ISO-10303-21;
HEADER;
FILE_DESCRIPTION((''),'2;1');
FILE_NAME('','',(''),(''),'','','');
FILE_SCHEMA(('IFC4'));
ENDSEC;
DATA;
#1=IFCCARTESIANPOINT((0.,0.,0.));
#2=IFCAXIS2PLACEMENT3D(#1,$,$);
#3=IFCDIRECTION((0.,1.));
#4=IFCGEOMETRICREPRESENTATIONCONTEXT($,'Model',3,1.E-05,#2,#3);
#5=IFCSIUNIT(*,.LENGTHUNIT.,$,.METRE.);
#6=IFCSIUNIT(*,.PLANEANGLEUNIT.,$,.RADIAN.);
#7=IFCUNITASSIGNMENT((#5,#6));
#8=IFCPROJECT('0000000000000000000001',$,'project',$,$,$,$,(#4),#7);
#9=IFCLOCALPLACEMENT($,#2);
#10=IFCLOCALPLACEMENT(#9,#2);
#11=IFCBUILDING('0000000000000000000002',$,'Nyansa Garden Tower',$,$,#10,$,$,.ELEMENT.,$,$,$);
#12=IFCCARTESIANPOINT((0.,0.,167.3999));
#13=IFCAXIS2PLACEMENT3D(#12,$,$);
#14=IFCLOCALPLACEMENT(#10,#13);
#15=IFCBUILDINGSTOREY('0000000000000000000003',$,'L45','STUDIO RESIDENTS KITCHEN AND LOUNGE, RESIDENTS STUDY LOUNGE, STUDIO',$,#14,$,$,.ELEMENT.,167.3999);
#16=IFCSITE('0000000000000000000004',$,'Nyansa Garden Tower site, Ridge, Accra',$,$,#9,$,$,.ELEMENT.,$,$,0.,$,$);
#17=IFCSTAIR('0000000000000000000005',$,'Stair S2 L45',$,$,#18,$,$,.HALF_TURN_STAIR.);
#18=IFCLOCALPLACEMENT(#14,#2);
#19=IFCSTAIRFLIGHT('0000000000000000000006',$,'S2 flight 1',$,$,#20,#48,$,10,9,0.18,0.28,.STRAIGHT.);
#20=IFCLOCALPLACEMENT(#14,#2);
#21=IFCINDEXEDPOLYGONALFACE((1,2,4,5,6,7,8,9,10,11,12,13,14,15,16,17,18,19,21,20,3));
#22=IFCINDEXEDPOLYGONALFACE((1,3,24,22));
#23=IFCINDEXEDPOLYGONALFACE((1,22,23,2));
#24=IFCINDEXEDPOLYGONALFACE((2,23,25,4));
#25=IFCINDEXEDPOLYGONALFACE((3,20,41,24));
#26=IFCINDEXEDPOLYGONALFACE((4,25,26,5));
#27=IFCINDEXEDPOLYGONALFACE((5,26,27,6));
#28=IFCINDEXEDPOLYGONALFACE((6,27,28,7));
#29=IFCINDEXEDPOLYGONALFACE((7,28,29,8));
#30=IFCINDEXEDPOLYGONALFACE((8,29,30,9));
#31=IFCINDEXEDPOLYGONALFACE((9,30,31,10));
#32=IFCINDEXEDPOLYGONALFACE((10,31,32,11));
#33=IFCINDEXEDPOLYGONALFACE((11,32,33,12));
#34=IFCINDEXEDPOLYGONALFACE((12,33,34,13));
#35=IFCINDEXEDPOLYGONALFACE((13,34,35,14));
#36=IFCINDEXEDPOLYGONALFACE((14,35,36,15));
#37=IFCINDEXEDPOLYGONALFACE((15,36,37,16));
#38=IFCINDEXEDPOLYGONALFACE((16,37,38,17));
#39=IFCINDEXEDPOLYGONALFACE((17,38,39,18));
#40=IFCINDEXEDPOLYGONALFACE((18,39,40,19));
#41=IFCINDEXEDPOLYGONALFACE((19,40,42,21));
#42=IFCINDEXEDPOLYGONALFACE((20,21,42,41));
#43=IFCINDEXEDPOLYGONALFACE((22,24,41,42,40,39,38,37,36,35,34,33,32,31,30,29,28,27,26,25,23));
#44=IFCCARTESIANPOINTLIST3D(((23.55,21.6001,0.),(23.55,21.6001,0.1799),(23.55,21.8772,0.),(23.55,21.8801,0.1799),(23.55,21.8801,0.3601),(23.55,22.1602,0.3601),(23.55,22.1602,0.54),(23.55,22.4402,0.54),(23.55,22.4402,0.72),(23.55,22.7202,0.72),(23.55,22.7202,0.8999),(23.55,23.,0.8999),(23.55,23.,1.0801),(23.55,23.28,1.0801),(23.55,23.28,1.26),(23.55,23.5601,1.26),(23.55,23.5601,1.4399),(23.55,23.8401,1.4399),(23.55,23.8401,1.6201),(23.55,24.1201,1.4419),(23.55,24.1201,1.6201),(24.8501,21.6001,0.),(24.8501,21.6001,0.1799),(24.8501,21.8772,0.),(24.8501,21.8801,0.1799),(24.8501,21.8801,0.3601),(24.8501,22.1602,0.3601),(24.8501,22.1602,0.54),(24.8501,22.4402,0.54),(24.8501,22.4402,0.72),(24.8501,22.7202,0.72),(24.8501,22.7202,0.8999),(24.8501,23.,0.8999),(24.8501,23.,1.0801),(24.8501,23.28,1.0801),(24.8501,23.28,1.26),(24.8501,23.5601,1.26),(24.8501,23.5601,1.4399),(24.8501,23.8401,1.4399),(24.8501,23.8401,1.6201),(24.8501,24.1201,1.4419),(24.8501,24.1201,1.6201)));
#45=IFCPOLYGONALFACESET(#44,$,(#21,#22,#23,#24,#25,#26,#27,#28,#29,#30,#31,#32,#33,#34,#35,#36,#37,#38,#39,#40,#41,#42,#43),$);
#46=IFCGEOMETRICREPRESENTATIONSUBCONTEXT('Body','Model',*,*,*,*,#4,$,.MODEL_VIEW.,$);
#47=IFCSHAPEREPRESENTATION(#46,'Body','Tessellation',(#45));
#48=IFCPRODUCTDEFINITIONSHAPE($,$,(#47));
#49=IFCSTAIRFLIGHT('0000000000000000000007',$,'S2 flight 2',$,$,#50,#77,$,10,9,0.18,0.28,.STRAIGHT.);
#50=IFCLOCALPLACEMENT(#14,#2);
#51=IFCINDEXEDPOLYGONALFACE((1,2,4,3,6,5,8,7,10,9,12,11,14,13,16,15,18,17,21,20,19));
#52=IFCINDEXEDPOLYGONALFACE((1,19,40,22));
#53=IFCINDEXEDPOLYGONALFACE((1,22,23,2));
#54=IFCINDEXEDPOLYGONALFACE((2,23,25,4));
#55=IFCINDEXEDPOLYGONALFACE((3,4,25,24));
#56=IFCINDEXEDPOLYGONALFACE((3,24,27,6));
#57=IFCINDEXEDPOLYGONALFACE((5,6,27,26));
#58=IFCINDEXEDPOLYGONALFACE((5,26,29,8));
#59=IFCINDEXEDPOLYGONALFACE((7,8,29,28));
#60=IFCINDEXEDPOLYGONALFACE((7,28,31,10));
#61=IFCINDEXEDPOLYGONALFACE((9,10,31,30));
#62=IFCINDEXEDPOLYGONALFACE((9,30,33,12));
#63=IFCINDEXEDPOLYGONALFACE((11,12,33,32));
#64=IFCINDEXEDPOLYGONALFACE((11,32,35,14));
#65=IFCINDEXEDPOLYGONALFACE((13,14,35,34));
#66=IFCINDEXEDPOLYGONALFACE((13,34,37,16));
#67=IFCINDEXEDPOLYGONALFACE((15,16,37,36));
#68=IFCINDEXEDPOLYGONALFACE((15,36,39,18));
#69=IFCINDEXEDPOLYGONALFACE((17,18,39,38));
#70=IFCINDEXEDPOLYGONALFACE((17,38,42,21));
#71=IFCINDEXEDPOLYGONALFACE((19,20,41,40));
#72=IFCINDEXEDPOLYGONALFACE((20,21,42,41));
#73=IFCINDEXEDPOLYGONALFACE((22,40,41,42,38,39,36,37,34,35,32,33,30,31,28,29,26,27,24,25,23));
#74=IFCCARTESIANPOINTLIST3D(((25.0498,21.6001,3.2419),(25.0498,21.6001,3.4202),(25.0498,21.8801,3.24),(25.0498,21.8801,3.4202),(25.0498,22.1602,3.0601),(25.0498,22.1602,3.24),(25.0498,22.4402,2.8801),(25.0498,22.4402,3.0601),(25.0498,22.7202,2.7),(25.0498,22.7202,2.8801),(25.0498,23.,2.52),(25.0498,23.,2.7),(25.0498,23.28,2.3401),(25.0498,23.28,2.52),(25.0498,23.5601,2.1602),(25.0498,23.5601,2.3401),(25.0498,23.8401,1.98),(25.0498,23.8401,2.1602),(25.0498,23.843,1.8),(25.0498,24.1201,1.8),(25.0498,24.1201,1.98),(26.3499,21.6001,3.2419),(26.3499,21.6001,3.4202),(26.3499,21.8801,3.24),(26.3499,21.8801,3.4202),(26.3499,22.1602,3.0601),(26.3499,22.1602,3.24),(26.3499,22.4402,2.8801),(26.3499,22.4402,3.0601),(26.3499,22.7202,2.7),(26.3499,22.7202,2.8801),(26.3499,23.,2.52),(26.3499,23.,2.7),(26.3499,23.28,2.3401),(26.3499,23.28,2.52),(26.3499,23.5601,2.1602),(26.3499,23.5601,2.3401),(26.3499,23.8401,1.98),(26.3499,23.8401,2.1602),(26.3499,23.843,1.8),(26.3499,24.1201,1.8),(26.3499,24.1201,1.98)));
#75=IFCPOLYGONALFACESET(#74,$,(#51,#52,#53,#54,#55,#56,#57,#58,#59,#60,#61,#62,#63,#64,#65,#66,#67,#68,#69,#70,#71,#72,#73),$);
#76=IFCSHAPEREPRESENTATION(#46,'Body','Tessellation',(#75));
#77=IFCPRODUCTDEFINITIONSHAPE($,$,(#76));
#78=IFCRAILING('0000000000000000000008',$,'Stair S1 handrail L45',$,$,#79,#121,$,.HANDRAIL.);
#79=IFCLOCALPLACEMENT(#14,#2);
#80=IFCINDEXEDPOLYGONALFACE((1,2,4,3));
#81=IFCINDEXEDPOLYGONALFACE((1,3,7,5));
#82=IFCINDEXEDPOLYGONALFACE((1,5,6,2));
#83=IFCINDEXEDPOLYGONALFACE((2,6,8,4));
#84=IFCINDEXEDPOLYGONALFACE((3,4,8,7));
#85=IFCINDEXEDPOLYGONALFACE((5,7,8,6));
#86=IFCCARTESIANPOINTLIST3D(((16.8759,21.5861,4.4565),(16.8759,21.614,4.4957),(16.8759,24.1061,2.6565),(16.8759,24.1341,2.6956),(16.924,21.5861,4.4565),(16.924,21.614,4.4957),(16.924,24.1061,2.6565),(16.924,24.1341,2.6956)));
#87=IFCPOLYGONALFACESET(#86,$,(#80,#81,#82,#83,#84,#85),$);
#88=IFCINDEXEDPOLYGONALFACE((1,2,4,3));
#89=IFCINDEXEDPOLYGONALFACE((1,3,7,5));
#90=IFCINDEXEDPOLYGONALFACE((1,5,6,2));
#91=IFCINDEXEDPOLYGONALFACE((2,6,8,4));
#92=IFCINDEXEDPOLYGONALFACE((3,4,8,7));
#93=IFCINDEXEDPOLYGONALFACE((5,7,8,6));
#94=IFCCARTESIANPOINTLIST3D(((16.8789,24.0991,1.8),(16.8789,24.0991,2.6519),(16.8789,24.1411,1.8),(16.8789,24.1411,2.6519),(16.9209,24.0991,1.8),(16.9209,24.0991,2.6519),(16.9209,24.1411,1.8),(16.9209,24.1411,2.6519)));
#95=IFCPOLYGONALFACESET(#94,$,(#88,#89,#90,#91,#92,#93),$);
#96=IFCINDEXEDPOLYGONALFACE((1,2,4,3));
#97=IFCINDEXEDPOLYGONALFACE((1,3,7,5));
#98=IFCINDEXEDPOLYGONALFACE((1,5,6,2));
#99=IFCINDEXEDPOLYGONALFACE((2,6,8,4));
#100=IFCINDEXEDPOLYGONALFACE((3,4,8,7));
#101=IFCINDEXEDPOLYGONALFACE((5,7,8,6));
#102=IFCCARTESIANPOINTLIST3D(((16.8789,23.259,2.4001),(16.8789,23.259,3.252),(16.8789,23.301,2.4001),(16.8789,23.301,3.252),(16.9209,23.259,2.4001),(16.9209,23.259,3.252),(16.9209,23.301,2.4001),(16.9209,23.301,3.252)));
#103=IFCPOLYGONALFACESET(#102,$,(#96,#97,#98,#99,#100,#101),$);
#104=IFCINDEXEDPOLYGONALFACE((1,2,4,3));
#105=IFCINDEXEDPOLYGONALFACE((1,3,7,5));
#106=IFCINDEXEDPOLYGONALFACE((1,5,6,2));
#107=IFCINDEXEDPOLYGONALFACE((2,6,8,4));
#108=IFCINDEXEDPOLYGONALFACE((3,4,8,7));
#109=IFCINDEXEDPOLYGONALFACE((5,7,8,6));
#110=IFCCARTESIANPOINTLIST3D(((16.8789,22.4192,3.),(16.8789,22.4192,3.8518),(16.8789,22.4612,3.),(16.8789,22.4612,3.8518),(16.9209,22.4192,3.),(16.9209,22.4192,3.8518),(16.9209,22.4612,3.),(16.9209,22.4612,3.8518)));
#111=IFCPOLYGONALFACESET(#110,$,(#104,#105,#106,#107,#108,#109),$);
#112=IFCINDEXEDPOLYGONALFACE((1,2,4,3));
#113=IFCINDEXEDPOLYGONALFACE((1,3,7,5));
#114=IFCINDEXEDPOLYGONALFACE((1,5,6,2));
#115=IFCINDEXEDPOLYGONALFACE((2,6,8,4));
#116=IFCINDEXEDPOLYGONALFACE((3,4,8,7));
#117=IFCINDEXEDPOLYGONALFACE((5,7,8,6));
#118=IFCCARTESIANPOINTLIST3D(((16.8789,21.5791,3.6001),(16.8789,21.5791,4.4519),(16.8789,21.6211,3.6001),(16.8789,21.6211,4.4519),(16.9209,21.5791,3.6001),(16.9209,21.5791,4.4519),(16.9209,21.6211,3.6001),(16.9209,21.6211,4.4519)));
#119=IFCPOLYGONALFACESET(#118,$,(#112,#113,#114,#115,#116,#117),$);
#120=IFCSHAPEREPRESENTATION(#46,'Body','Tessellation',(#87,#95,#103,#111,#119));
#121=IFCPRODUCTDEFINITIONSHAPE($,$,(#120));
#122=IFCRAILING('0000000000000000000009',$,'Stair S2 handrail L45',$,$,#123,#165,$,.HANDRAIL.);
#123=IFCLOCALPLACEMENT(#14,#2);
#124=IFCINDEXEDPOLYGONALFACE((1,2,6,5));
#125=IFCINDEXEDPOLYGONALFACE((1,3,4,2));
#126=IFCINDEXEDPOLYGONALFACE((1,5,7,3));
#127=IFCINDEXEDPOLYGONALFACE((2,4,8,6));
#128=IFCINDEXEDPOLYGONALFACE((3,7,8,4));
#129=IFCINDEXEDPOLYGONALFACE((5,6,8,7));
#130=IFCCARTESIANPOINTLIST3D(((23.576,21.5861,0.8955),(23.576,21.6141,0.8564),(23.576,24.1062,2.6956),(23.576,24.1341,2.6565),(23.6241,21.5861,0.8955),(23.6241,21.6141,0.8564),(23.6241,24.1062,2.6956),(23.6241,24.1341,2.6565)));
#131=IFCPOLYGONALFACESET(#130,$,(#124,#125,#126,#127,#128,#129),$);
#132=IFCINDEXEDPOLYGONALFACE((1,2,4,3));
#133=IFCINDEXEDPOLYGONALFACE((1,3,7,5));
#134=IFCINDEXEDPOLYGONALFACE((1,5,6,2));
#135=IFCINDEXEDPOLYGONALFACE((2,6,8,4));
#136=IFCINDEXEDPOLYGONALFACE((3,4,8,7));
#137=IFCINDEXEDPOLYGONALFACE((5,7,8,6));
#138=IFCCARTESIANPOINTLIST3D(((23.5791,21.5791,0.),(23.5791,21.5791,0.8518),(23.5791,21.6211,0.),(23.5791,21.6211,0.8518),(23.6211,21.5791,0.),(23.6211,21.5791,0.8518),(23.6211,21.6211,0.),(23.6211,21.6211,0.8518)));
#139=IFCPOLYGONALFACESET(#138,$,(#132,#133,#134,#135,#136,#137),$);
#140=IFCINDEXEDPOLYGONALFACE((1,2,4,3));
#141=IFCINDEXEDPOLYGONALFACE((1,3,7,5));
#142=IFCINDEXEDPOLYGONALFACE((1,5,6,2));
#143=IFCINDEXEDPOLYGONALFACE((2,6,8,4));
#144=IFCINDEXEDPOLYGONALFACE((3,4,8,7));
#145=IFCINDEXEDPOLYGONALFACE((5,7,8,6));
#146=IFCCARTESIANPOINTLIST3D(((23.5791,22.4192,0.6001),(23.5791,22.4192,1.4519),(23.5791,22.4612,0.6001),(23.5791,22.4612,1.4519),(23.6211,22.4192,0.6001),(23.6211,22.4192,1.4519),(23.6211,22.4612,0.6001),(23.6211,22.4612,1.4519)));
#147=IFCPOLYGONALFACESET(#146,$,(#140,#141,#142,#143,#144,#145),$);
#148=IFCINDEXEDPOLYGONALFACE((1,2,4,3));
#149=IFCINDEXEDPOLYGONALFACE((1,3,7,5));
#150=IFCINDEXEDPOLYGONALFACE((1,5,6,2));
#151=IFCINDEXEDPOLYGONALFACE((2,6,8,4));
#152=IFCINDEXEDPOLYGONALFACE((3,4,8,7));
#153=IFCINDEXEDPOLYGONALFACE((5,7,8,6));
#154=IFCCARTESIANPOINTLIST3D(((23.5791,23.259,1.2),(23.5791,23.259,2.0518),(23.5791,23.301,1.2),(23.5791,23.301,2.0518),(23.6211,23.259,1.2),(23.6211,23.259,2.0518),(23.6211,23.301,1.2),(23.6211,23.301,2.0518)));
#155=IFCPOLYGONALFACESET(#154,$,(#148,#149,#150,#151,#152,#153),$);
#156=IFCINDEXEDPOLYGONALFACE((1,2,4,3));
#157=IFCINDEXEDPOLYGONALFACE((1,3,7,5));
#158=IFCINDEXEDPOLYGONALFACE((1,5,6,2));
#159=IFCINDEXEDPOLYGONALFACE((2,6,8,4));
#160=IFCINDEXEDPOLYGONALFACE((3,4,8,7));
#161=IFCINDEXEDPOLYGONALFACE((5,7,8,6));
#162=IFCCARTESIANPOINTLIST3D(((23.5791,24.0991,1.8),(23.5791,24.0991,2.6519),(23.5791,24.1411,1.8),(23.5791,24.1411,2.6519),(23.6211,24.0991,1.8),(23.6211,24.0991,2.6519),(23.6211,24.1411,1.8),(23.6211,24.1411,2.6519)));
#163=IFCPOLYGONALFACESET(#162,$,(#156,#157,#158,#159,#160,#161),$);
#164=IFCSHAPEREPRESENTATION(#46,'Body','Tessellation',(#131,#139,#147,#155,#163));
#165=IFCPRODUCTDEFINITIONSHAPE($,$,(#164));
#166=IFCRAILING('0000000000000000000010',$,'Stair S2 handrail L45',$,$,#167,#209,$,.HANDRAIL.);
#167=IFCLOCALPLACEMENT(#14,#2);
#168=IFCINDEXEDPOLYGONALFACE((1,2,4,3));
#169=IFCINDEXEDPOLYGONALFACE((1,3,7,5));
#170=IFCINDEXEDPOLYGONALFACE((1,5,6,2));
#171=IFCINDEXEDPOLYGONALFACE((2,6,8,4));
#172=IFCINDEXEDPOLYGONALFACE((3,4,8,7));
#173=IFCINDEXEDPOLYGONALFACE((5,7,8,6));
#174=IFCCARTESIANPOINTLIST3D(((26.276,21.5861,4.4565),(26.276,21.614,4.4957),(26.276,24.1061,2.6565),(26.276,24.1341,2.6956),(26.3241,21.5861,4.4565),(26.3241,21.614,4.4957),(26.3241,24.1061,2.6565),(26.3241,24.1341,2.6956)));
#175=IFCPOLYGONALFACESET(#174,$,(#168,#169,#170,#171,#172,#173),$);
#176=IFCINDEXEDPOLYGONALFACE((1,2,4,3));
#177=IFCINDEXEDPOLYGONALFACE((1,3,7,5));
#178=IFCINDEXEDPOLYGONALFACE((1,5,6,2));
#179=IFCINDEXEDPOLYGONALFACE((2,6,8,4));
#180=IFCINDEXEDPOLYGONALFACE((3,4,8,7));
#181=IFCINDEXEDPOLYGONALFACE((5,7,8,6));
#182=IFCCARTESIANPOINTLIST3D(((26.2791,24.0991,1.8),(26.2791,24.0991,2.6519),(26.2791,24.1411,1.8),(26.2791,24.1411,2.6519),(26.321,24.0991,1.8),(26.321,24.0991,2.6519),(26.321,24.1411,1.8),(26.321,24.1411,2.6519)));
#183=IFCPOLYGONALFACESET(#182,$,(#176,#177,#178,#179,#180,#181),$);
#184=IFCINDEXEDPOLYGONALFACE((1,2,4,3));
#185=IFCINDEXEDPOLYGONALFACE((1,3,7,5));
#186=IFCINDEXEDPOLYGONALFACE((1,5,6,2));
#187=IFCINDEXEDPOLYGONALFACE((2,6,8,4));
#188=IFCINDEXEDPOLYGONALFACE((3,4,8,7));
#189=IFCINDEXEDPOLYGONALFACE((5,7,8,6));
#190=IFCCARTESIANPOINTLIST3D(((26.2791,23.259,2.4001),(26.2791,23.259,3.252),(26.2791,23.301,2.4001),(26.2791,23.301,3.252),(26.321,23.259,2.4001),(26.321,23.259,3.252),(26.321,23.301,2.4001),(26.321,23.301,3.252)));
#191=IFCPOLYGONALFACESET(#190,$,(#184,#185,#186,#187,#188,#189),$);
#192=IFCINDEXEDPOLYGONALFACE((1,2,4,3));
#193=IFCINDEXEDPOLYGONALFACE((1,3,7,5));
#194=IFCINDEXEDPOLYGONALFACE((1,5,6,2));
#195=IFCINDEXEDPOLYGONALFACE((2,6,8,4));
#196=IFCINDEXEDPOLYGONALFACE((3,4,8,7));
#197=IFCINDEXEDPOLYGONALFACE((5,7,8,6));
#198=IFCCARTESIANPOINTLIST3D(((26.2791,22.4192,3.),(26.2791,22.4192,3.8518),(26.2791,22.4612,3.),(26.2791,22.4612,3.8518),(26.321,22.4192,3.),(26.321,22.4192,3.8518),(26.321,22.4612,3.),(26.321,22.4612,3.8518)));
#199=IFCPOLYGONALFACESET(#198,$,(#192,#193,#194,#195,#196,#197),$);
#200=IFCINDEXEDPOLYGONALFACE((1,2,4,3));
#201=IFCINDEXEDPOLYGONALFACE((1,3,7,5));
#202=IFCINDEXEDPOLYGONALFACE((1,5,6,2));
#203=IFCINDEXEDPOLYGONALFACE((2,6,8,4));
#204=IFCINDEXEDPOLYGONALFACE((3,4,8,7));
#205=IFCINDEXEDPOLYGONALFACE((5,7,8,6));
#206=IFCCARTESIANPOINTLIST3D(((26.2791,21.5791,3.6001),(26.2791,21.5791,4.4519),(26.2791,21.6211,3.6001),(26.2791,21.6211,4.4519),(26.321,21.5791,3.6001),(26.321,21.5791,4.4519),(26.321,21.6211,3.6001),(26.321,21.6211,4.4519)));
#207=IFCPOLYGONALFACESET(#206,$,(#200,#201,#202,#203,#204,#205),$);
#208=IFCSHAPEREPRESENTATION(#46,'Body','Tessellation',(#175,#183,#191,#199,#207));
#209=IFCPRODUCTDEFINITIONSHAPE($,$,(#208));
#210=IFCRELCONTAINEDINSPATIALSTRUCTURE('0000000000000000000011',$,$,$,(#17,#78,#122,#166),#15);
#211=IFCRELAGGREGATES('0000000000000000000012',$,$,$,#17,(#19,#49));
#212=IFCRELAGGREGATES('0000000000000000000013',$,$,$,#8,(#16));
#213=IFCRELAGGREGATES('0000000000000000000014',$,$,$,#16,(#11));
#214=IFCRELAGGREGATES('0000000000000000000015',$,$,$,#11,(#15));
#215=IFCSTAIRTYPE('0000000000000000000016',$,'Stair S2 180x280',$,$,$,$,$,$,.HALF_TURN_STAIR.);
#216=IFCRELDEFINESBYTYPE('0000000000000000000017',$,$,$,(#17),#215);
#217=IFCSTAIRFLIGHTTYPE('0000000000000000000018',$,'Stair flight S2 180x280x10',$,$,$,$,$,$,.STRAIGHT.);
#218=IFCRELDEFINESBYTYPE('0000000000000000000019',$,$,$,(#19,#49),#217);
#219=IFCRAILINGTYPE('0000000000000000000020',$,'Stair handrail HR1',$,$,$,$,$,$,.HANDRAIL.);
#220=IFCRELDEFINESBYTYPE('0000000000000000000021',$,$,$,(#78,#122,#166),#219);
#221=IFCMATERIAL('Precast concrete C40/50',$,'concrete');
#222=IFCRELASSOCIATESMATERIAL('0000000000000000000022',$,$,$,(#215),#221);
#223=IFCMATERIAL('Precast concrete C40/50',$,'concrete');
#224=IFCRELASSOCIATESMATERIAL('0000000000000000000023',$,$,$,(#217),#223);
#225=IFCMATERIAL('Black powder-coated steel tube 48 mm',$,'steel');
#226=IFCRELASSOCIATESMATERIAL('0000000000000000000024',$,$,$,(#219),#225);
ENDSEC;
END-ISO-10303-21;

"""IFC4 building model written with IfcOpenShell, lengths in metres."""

from ifc_helpers import new_model, si_unit, direction, frame, origin, origin_2d, place, context, subcontext, project, spatial, polyline, rectangle, outline, extrude, material, type_object, element, aggregate, save


model = new_model("IFC4")

# Units and contexts
model_context = context("Model", 3, precision=1e-05, world=origin(), true_north=direction((0.0, 1.0)))
body_context = subcontext(model_context, "Body", "Model", "MODEL_VIEW")
ifc_project = project(units=[si_unit("LENGTHUNIT", "METRE"), si_unit("PLANEANGLEUNIT", "RADIAN")], contexts=[model_context])

# Site, building, storey
site_placement = place(None, origin())
site = spatial("IfcSite", under=ifc_project, at=site_placement, Name="Nyansa Garden Tower site, Ridge, Accra", CompositionType="ELEMENT", RefElevation=0.0)
building_placement = place(site_placement, origin())
building = spatial("IfcBuilding", under=site, at=building_placement, Name="Nyansa Garden Tower", CompositionType="ELEMENT")
storey_placement = place(building_placement, frame((0.0, 0.0, 167.3999)))
storey = spatial("IfcBuildingStorey", under=building, at=storey_placement, Name="L45", Description="STUDIO RESIDENTS KITCHEN AND LOUNGE, RESIDENTS STUDY LOUNGE, STUDIO", CompositionType="ELEMENT", Elevation=167.3999)

# Stair, stair flights
ifc_material_1 = material(Name="Precast concrete C40/50", Category="concrete")
stair_type = type_object("IfcStairType", Name="Stair S2 180x280", PredefinedType="HALF_TURN_STAIR", material=ifc_material_1)
stair_placement = place(storey_placement, origin())
stair = element("IfcStair", 1, at=stair_placement, inside=storey, type_object=stair_type, Name="Stair S2 L45", PredefinedType="HALF_TURN_STAIR")
ifc_material_2 = material(Name="Precast concrete C40/50", Category="concrete")
stair_flight_type = type_object("IfcStairFlightType", Name="Stair flight S2 180x280x10", PredefinedType="STRAIGHT", material=ifc_material_2)
stair_flight_1_placement = place(storey_placement, frame((24.2, 21.6001, 0.0), z_axis=(0.0, 0.0, 1.0), x_axis=(0.0, 1.0, 0.0)))
stair_flight_1 = element("IfcStairFlight", 2, at=stair_flight_1_placement, type_object=stair_flight_type, Name="S2 flight 1", NumberOfRisers=10, NumberOfTreads=9, PredefinedType="STRAIGHT", RiserHeight=0.18, TreadLength=0.28, context=body_context, shape_type="SweptSolid", body=[
    extrude(outline(polyline([(0.0, 0.0), (0.0, 0.1799), (0.28, 0.1799), (0.28, 0.3601), (0.5601, 0.3601), (0.5601, 0.54), (0.8401, 0.54), (0.8401, 0.72), (1.1201, 0.72), (1.1201, 0.8999), (1.3999, 0.8999), (1.3999, 1.0801), (1.6799, 1.0801), (1.6799, 1.26), (1.96, 1.26), (1.96, 1.4399), (2.24, 1.4399), (2.24, 1.6201), (2.52, 1.6201), (2.52, 1.8), (2.52, 1.4419), (0.2771, 0.0), (0.0, 0.0)])), frame((0.0, 0.6499, 0.0), z_axis=(0.0, -1.0, 0.0), x_axis=(1.0, 0.0, 0.0)), (0.0, 0.0, 1.0), 1.3),
])
stair_flight_2_placement = place(storey_placement, frame((25.7, 24.1201, 1.8), z_axis=(0.0, 0.0, 1.0), x_axis=(0.0, -1.0, 0.0)))
stair_flight_2 = element("IfcStairFlight", 3, at=stair_flight_2_placement, type_object=stair_flight_type, Name="S2 flight 2", NumberOfRisers=10, NumberOfTreads=9, PredefinedType="STRAIGHT", RiserHeight=0.18, TreadLength=0.28, context=body_context, shape_type="SweptSolid", body=[
    extrude(outline(polyline([(0.0, 0.0), (0.0, 0.1799), (0.28, 0.1799), (0.28, 0.3601), (0.5601, 0.3601), (0.5601, 0.54), (0.8401, 0.54), (0.8401, 0.72), (1.1201, 0.72), (1.1201, 0.8999), (1.3999, 0.8999), (1.3999, 1.0801), (1.6799, 1.0801), (1.6799, 1.26), (1.96, 1.26), (1.96, 1.4399), (2.24, 1.4399), (2.24, 1.6201), (2.52, 1.6201), (2.52, 1.8), (2.52, 1.4419), (0.2771, 0.0), (0.0, 0.0)])), frame((0.0, 0.6499, 0.0), z_axis=(0.0, -1.0, 0.0), x_axis=(1.0, 0.0, 0.0)), (0.0, 0.0, 1.0), 1.3),
])
aggregate(stair, [stair_flight_1, stair_flight_2])

# Railings
ifc_material_3 = material(Name="Black powder-coated steel tube 48 mm", Category="steel")
railing_type = type_object("IfcRailingType", Name="Stair handrail HR1", PredefinedType="HANDRAIL", material=ifc_material_3)
railing_1_placement = place(storey_placement, frame((16.8999, 24.1201, 1.8)))
element("IfcRailing", 4, at=railing_1_placement, inside=storey, type_object=railing_type, Name="Stair S1 handrail L45", PredefinedType="HANDRAIL", context=body_context, shape_type="SweptSolid", body=[
    extrude(rectangle(XDim=0.0481, YDim=0.0481, at=origin_2d()), frame((0.0, 0.0, 0.876), z_axis=(0.0, -0.813728, 0.581246), x_axis=(1.0, 0.0, 0.0)), (0.0, 0.0, 1.0), 3.0969),
    extrude(rectangle(XDim=0.042, YDim=0.042, at=origin_2d()), origin(), (0.0, 0.0, 1.0), 0.8518),
    extrude(rectangle(XDim=0.042, YDim=0.042, at=origin_2d()), frame((0.0, -0.8401, 0.6001)), (0.0, 0.0, 1.0), 0.8518),
    extrude(rectangle(XDim=0.042, YDim=0.042, at=origin_2d()), frame((0.0, -1.6799, 1.2)), (0.0, 0.0, 1.0), 0.8518),
    extrude(rectangle(XDim=0.042, YDim=0.042, at=origin_2d()), frame((0.0, -2.52, 1.8)), (0.0, 0.0, 1.0), 0.8518),
])
railing_2_placement = place(storey_placement, frame((23.6001, 21.6001, 0.0)))
element("IfcRailing", 5, at=railing_2_placement, inside=storey, type_object=railing_type, Name="Stair S2 handrail L45", PredefinedType="HANDRAIL", context=body_context, shape_type="SweptSolid", body=[
    extrude(rectangle(XDim=0.0481, YDim=0.0481, at=origin_2d()), frame((0.0, 0.0, 0.876), z_axis=(0.0, 0.813728, 0.581246), x_axis=(-1.0, 0.0, 0.0)), (0.0, 0.0, 1.0), 3.0969),
    extrude(rectangle(XDim=0.042, YDim=0.042, at=origin_2d()), origin(), (0.0, 0.0, 1.0), 0.8518),
    extrude(rectangle(XDim=0.042, YDim=0.042, at=origin_2d()), frame((0.0, 0.8401, 0.6001)), (0.0, 0.0, 1.0), 0.8518),
    extrude(rectangle(XDim=0.042, YDim=0.042, at=origin_2d()), frame((0.0, 1.6799, 1.2)), (0.0, 0.0, 1.0), 0.8518),
    extrude(rectangle(XDim=0.042, YDim=0.042, at=origin_2d()), frame((0.0, 2.52, 1.8)), (0.0, 0.0, 1.0), 0.8518),
])
railing_3_placement = place(storey_placement, frame((26.3, 24.1201, 1.8)))
element("IfcRailing", 6, at=railing_3_placement, inside=storey, type_object=railing_type, Name="Stair S2 handrail L45", PredefinedType="HANDRAIL", context=body_context, shape_type="SweptSolid", body=[
    extrude(rectangle(XDim=0.0481, YDim=0.0481, at=origin_2d()), frame((0.0, 0.0, 0.876), z_axis=(0.0, -0.813728, 0.581246), x_axis=(1.0, 0.0, 0.0)), (0.0, 0.0, 1.0), 3.0969),
    extrude(rectangle(XDim=0.042, YDim=0.042, at=origin_2d()), origin(), (0.0, 0.0, 1.0), 0.8518),
    extrude(rectangle(XDim=0.042, YDim=0.042, at=origin_2d()), frame((0.0, -0.8401, 0.6001)), (0.0, 0.0, 1.0), 0.8518),
    extrude(rectangle(XDim=0.042, YDim=0.042, at=origin_2d()), frame((0.0, -1.6799, 1.2)), (0.0, 0.0, 1.0), 0.8518),
    extrude(rectangle(XDim=0.042, YDim=0.042, at=origin_2d()), frame((0.0, -2.52, 1.8)), (0.0, 0.0, 1.0), 0.8518),
])

save(model, "model.ifc")
